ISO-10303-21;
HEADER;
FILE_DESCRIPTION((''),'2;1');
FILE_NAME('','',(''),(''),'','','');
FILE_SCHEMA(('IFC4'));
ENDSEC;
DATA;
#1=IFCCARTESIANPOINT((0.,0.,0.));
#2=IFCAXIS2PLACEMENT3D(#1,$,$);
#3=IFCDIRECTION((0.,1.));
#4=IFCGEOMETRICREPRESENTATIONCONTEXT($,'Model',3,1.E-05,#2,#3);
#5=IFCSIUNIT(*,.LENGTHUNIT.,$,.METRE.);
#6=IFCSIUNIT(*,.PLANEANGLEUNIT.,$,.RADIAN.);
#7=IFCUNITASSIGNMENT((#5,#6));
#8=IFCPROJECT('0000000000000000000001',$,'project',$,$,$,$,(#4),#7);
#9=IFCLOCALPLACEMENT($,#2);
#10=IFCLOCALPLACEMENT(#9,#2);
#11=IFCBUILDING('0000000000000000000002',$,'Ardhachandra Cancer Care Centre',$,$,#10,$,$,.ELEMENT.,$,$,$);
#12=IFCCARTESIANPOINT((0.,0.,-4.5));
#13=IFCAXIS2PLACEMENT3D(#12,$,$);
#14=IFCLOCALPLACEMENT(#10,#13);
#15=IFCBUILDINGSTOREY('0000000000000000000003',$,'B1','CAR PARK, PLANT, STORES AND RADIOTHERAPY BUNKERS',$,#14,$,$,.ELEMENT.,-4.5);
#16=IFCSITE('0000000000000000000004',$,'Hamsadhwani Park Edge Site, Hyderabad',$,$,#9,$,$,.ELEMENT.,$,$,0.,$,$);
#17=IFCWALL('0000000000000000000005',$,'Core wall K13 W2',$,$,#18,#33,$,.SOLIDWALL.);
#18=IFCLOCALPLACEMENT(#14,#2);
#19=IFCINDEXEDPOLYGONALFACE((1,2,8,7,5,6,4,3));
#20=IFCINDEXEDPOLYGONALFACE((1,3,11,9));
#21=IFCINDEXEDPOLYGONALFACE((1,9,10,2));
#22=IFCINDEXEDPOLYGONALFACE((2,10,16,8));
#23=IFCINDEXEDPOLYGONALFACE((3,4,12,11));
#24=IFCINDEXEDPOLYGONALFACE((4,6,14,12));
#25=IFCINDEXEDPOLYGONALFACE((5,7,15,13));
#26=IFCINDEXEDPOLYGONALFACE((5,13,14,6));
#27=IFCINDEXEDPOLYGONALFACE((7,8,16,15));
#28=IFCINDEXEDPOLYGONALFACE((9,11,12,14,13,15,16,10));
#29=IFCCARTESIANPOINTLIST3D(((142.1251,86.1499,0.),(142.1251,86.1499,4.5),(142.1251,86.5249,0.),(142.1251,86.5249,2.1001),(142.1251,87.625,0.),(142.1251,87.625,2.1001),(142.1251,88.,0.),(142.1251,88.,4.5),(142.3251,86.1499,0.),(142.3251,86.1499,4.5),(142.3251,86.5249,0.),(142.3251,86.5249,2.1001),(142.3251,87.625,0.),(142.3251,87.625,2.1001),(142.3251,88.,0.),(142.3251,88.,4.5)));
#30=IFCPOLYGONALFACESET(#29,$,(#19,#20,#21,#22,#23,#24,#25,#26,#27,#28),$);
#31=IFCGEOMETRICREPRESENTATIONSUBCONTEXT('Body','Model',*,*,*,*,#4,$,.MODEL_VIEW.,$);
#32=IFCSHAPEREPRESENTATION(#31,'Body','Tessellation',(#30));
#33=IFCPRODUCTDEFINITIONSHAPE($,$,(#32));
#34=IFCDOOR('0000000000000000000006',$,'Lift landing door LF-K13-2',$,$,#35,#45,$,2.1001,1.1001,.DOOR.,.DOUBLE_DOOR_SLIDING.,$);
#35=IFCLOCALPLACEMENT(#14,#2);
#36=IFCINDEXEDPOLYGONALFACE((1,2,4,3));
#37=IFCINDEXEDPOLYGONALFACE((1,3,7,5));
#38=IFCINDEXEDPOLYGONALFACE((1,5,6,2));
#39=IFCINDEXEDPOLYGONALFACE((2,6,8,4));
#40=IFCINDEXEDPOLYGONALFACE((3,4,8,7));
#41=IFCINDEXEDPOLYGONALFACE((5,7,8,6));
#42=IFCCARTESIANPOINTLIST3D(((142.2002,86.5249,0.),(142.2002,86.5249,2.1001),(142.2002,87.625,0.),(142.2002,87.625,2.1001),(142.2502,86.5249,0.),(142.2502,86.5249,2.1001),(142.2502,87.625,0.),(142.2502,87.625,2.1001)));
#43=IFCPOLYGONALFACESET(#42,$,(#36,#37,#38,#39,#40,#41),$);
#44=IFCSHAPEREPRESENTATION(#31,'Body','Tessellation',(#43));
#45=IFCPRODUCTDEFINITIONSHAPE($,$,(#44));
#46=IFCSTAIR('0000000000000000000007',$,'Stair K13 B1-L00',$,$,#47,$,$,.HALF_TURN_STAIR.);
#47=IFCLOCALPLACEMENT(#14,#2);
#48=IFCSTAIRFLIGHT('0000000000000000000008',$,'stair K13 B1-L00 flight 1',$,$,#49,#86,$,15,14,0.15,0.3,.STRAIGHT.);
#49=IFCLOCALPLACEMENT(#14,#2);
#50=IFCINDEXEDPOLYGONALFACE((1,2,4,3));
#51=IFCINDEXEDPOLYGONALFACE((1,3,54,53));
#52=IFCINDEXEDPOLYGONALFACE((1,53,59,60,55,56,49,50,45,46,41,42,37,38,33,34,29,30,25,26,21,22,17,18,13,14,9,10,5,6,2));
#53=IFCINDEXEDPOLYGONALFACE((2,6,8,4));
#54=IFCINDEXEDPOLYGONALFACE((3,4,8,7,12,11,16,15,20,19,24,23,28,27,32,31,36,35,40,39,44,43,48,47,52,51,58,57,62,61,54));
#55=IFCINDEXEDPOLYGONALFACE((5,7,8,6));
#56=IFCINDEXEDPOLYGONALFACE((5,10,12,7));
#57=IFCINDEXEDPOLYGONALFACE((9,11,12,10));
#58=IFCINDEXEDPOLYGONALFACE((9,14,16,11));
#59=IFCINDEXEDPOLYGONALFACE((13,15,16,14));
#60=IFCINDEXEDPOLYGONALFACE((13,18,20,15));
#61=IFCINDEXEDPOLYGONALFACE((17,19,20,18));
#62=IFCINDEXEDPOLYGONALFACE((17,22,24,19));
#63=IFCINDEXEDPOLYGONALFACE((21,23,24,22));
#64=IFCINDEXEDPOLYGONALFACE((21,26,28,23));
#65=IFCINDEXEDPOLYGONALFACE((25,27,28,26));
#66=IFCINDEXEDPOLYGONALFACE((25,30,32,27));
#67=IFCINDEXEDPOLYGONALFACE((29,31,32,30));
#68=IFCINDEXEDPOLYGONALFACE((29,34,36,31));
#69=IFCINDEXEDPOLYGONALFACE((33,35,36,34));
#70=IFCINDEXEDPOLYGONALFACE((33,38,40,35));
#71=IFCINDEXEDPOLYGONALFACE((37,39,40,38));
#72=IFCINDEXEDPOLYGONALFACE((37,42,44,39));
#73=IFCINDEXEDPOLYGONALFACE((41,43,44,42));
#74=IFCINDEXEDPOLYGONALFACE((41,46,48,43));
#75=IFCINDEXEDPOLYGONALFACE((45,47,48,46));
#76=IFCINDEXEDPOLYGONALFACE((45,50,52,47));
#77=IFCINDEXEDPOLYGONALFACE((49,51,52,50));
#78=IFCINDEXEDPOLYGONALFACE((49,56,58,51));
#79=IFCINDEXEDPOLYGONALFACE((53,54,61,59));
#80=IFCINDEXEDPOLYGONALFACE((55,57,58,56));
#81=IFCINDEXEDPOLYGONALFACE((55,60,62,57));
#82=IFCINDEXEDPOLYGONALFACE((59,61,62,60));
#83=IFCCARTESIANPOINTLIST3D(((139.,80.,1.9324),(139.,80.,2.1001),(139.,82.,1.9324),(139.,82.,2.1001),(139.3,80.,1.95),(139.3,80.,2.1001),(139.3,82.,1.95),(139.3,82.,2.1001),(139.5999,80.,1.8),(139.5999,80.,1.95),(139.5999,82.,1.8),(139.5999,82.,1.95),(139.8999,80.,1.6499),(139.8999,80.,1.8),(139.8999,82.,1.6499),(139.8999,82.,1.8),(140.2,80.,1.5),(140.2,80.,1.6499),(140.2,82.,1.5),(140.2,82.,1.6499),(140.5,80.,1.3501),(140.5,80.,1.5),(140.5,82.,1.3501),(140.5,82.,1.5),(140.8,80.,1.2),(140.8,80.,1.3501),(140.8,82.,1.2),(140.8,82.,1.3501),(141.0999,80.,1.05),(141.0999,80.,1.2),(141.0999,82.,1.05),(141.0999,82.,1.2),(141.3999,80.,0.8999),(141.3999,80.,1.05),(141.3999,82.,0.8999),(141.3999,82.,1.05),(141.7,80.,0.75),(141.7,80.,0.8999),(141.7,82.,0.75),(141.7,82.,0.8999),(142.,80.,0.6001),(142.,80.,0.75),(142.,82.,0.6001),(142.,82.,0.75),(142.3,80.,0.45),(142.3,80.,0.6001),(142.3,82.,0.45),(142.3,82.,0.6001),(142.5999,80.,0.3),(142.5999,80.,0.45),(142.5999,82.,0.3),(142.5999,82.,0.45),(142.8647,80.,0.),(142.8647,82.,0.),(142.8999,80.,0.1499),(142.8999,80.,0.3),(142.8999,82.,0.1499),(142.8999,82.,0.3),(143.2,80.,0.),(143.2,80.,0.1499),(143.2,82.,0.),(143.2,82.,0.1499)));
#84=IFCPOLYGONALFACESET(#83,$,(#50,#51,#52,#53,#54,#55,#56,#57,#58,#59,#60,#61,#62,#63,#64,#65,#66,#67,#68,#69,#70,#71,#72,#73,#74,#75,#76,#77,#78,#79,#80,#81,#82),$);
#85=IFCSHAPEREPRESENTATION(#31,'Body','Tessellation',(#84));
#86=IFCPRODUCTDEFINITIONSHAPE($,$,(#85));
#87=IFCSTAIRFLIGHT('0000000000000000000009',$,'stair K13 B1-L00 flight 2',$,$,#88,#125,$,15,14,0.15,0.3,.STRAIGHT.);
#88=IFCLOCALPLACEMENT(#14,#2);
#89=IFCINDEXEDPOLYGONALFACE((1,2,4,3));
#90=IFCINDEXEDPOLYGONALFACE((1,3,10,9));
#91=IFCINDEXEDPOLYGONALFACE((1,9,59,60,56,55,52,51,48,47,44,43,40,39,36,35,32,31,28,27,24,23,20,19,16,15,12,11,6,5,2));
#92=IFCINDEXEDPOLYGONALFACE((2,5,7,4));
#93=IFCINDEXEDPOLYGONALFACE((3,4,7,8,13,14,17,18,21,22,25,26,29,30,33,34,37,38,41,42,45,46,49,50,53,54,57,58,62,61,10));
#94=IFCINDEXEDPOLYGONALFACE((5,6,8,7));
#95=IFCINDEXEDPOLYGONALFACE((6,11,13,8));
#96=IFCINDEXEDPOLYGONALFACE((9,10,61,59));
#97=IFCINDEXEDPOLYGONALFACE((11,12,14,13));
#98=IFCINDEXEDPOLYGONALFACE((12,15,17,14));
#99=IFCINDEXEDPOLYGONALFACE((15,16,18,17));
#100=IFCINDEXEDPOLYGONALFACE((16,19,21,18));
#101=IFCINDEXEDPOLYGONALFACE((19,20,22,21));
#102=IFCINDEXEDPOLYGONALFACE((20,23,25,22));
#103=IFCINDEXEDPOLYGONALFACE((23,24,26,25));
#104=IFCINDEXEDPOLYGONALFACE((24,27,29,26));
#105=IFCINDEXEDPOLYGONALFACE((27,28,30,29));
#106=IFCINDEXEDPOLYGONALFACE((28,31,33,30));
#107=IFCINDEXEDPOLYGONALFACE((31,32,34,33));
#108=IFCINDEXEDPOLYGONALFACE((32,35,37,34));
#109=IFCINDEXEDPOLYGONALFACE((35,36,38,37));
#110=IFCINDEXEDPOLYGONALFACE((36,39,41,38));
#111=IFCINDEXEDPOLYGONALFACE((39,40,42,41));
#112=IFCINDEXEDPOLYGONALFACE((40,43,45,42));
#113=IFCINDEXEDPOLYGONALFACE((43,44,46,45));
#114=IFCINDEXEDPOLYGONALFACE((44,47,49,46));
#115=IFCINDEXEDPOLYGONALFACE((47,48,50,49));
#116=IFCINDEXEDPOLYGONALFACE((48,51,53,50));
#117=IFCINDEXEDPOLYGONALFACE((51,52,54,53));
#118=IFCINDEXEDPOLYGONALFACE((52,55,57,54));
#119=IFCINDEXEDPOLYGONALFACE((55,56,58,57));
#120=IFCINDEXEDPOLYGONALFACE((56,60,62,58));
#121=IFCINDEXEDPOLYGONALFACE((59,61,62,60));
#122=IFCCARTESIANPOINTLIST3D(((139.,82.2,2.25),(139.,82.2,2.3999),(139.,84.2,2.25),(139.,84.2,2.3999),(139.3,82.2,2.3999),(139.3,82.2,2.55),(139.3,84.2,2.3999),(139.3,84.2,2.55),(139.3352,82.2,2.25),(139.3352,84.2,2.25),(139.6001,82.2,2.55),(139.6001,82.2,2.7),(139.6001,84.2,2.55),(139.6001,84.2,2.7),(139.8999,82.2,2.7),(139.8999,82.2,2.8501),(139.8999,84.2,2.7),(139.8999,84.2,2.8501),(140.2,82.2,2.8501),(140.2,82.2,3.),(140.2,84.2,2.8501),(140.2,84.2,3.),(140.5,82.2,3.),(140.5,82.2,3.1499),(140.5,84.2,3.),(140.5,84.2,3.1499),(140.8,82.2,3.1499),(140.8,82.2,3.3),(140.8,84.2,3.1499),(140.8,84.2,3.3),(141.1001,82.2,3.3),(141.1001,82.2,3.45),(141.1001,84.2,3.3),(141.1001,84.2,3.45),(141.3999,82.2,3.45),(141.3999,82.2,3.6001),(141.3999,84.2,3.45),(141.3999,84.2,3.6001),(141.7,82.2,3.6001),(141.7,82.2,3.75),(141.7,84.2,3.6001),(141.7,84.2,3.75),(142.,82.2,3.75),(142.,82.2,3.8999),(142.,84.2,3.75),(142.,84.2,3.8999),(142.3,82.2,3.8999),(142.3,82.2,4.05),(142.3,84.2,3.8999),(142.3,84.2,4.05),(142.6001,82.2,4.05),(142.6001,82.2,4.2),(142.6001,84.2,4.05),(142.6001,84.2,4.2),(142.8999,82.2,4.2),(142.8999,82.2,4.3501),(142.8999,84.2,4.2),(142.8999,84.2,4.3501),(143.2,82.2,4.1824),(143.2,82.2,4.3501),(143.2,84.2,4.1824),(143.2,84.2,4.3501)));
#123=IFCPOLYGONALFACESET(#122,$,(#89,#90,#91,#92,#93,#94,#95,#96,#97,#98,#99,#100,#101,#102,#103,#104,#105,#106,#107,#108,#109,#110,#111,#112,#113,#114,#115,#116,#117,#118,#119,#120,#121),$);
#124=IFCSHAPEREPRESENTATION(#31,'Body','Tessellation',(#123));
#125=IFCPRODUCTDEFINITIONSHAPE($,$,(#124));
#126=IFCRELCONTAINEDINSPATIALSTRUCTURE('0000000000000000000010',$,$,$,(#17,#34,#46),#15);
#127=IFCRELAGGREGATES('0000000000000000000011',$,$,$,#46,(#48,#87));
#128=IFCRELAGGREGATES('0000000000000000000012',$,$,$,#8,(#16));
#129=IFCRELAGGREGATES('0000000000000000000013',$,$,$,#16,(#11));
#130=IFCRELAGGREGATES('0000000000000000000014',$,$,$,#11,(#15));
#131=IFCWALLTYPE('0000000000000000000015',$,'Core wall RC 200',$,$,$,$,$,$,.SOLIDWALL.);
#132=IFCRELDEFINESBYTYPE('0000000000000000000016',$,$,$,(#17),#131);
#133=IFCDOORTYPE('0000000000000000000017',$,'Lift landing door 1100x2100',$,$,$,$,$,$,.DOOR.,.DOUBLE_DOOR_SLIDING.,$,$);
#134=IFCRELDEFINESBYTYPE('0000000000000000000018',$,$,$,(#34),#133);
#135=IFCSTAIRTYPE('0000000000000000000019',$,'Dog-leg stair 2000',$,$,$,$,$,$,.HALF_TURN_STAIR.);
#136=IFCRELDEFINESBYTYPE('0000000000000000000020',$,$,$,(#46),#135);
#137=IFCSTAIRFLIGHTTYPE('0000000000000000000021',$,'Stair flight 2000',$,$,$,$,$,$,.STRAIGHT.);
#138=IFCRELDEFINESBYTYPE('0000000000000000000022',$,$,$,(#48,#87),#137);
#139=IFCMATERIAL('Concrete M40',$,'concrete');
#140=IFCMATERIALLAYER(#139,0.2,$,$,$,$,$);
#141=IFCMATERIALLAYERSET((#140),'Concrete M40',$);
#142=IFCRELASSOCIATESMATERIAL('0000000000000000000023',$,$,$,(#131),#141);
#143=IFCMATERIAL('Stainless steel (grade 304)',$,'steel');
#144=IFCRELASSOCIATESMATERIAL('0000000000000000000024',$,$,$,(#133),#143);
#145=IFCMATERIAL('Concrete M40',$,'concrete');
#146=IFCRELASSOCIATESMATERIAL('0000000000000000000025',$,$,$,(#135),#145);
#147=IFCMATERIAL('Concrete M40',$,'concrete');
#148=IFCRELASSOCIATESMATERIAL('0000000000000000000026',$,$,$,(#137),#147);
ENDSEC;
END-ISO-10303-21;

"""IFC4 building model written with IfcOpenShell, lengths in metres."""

from ifc_helpers import new_model, si_unit, direction, frame, frame_2d, origin, place, context, subcontext, project, spatial, polyline, rectangle, outline, extrude, material, layer, layer_set, type_object, element, fill, aggregate, save


model = new_model("IFC4")

# Units and contexts
model_context = context("Model", 3, precision=1e-05, world=origin(), true_north=direction((0.0, 1.0)))
body_context = subcontext(model_context, "Body", "Model", "MODEL_VIEW")
ifc_project = project(units=[si_unit("LENGTHUNIT", "METRE"), si_unit("PLANEANGLEUNIT", "RADIAN")], contexts=[model_context])

# Site, building, storey
site_placement = place(None, origin())
site = spatial("IfcSite", under=ifc_project, at=site_placement, Name="Hamsadhwani Park Edge Site, Hyderabad", CompositionType="ELEMENT", RefElevation=0.0)
building_placement = place(site_placement, origin())
building = spatial("IfcBuilding", under=site, at=building_placement, Name="Ardhachandra Cancer Care Centre", CompositionType="ELEMENT")
storey_placement = place(building_placement, frame((0.0, 0.0, -4.5)))
storey = spatial("IfcBuildingStorey", under=building, at=storey_placement, Name="B1", Description="CAR PARK, PLANT, STORES AND RADIOTHERAPY BUNKERS", CompositionType="ELEMENT", Elevation=-4.5)

# Shared definitions
ifc_material_1 = material(Name="Concrete M40", Category="concrete")
ifc_layer = layer(ifc_material_1, 0.2)
ifc_layer_set = layer_set([ifc_layer], Name="Concrete M40")
wall_type = type_object("IfcWallType", Name="Core wall RC 200", PredefinedType="SOLIDWALL", material=ifc_layer_set)

# Wall, opening, door
ifc_material_2 = material(Name="Stainless steel (grade 304)", Category="steel")
door_type = type_object("IfcDoorType", Name="Lift landing door 1100x2100", OperationType="DOUBLE_DOOR_SLIDING", PredefinedType="DOOR", material=ifc_material_2)
wall_1_placement = place(storey_placement, frame((142.2251, 86.1499, 0.0), z_axis=(0.0, 0.0, 1.0), x_axis=(0.0, 1.0, 0.0)))
wall_1 = element("IfcWall", 1, at=wall_1_placement, inside=storey, type_object=wall_type, Name="Core wall K13 W2", PredefinedType="SOLIDWALL", context=body_context, shape_type="SweptSolid", body=[
    extrude(rectangle(XDim=1.8501, YDim=0.2, at=frame_2d((0.925, 0.0))), origin(), (0.0, 0.0, 1.0), 4.5),
])
opening_1_placement = place(wall_1_placement, frame((0.375, 0.0, 0.0)))
opening_1 = element("IfcOpeningElement", 2, at=opening_1_placement, cuts=wall_1, PredefinedType="OPENING", context=body_context, shape_type="SweptSolid", body=[
    extrude(rectangle(XDim=1.1001, YDim=2.1001, at=frame_2d((0.55, 1.05))), frame((0.0, 0.1099, 0.0), z_axis=(0.0, -1.0, 0.0), x_axis=(1.0, 0.0, 0.0)), (0.0, 0.0, 1.0), 0.22),
])
door_1_placement = place(opening_1_placement, origin())
door_1 = element("IfcDoor", 3, at=door_1_placement, inside=storey, type_object=door_type, Name="Lift landing door LF-K13-2", OperationType="DOUBLE_DOOR_SLIDING", OverallHeight=2.1001, OverallWidth=1.1001, PredefinedType="DOOR", context=body_context, shape_type="SweptSolid", body=[
    extrude(rectangle(XDim=1.1001, YDim=2.1001, at=frame_2d((0.55, 1.05))), frame((0.0, 0.0249, 0.0), z_axis=(0.0, -1.0, 0.0), x_axis=(1.0, 0.0, 0.0)), (0.0, 0.0, 1.0), 0.05),
])
fill(opening_1, door_1)

# Stair, stair flights
ifc_material_3 = material(Name="Concrete M40", Category="concrete")
stair_type = type_object("IfcStairType", Name="Dog-leg stair 2000", PredefinedType="HALF_TURN_STAIR", material=ifc_material_3)
stair_placement = place(storey_placement, origin())
stair = element("IfcStair", 4, at=stair_placement, inside=storey, type_object=stair_type, Name="Stair K13 B1-L00", PredefinedType="HALF_TURN_STAIR")
ifc_material_4 = material(Name="Concrete M40", Category="concrete")
stair_flight_type = type_object("IfcStairFlightType", Name="Stair flight 2000", PredefinedType="STRAIGHT", material=ifc_material_4)
stair_flight_1_placement = place(storey_placement, frame((143.2, 81.0, 0.0), z_axis=(0.0, 0.0, 1.0), x_axis=(-1.0, 0.0, 0.0)))
stair_flight_1 = element("IfcStairFlight", 5, at=stair_flight_1_placement, type_object=stair_flight_type, Name="stair K13 B1-L00 flight 1", NumberOfRisers=15, NumberOfTreads=14, PredefinedType="STRAIGHT", RiserHeight=0.15, TreadLength=0.3, context=body_context, shape_type="SweptSolid", body=[
    extrude(outline(polyline([(0.0, 0.0), (0.0, 0.1499), (0.3, 0.1499), (0.3, 0.3), (0.6001, 0.3), (0.6001, 0.45), (0.8999, 0.45), (0.8999, 0.6001), (1.2, 0.6001), (1.2, 0.75), (1.5, 0.75), (1.5, 0.8999), (1.8, 0.8999), (1.8, 1.05), (2.1001, 1.05), (2.1001, 1.2), (2.3999, 1.2), (2.3999, 1.3501), (2.7, 1.3501), (2.7, 1.5), (3.0, 1.5), (3.0, 1.6499), (3.3, 1.6499), (3.3, 1.8), (3.6001, 1.8), (3.6001, 1.95), (3.8999, 1.95), (3.8999, 2.1001), (4.2, 2.1001), (4.2, 2.25), (4.2, 1.9324), (0.3352, 0.0), (0.0, 0.0)])), frame((0.0, 1.0, 0.0), z_axis=(0.0, -1.0, 0.0), x_axis=(1.0, 0.0, 0.0)), (0.0, 0.0, 1.0), 2.0),
])
stair_flight_2_placement = place(storey_placement, frame((139.0, 83.2, 2.25), z_axis=(0.0, 0.0, 1.0), x_axis=(1.0, 0.0, 0.0)))
stair_flight_2 = element("IfcStairFlight", 6, at=stair_flight_2_placement, type_object=stair_flight_type, Name="stair K13 B1-L00 flight 2", NumberOfRisers=15, NumberOfTreads=14, PredefinedType="STRAIGHT", RiserHeight=0.15, TreadLength=0.3, context=body_context, shape_type="SweptSolid", body=[
    extrude(outline(polyline([(0.0, 0.0), (0.0, 0.1499), (0.3, 0.1499), (0.3, 0.3), (0.6001, 0.3), (0.6001, 0.45), (0.8999, 0.45), (0.8999, 0.6001), (1.2, 0.6001), (1.2, 0.75), (1.5, 0.75), (1.5, 0.8999), (1.8, 0.8999), (1.8, 1.05), (2.1001, 1.05), (2.1001, 1.2), (2.3999, 1.2), (2.3999, 1.3501), (2.7, 1.3501), (2.7, 1.5), (3.0, 1.5), (3.0, 1.6499), (3.3, 1.6499), (3.3, 1.8), (3.6001, 1.8), (3.6001, 1.95), (3.8999, 1.95), (3.8999, 2.1001), (4.2, 2.1001), (4.2, 2.25), (4.2, 1.9324), (0.3352, 0.0), (0.0, 0.0)])), frame((0.0, 1.0, 0.0), z_axis=(0.0, -1.0, 0.0), x_axis=(1.0, 0.0, 0.0)), (0.0, 0.0, 1.0), 2.0),
])
aggregate(stair, [stair_flight_1, stair_flight_2])

save(model, "model.ifc")
